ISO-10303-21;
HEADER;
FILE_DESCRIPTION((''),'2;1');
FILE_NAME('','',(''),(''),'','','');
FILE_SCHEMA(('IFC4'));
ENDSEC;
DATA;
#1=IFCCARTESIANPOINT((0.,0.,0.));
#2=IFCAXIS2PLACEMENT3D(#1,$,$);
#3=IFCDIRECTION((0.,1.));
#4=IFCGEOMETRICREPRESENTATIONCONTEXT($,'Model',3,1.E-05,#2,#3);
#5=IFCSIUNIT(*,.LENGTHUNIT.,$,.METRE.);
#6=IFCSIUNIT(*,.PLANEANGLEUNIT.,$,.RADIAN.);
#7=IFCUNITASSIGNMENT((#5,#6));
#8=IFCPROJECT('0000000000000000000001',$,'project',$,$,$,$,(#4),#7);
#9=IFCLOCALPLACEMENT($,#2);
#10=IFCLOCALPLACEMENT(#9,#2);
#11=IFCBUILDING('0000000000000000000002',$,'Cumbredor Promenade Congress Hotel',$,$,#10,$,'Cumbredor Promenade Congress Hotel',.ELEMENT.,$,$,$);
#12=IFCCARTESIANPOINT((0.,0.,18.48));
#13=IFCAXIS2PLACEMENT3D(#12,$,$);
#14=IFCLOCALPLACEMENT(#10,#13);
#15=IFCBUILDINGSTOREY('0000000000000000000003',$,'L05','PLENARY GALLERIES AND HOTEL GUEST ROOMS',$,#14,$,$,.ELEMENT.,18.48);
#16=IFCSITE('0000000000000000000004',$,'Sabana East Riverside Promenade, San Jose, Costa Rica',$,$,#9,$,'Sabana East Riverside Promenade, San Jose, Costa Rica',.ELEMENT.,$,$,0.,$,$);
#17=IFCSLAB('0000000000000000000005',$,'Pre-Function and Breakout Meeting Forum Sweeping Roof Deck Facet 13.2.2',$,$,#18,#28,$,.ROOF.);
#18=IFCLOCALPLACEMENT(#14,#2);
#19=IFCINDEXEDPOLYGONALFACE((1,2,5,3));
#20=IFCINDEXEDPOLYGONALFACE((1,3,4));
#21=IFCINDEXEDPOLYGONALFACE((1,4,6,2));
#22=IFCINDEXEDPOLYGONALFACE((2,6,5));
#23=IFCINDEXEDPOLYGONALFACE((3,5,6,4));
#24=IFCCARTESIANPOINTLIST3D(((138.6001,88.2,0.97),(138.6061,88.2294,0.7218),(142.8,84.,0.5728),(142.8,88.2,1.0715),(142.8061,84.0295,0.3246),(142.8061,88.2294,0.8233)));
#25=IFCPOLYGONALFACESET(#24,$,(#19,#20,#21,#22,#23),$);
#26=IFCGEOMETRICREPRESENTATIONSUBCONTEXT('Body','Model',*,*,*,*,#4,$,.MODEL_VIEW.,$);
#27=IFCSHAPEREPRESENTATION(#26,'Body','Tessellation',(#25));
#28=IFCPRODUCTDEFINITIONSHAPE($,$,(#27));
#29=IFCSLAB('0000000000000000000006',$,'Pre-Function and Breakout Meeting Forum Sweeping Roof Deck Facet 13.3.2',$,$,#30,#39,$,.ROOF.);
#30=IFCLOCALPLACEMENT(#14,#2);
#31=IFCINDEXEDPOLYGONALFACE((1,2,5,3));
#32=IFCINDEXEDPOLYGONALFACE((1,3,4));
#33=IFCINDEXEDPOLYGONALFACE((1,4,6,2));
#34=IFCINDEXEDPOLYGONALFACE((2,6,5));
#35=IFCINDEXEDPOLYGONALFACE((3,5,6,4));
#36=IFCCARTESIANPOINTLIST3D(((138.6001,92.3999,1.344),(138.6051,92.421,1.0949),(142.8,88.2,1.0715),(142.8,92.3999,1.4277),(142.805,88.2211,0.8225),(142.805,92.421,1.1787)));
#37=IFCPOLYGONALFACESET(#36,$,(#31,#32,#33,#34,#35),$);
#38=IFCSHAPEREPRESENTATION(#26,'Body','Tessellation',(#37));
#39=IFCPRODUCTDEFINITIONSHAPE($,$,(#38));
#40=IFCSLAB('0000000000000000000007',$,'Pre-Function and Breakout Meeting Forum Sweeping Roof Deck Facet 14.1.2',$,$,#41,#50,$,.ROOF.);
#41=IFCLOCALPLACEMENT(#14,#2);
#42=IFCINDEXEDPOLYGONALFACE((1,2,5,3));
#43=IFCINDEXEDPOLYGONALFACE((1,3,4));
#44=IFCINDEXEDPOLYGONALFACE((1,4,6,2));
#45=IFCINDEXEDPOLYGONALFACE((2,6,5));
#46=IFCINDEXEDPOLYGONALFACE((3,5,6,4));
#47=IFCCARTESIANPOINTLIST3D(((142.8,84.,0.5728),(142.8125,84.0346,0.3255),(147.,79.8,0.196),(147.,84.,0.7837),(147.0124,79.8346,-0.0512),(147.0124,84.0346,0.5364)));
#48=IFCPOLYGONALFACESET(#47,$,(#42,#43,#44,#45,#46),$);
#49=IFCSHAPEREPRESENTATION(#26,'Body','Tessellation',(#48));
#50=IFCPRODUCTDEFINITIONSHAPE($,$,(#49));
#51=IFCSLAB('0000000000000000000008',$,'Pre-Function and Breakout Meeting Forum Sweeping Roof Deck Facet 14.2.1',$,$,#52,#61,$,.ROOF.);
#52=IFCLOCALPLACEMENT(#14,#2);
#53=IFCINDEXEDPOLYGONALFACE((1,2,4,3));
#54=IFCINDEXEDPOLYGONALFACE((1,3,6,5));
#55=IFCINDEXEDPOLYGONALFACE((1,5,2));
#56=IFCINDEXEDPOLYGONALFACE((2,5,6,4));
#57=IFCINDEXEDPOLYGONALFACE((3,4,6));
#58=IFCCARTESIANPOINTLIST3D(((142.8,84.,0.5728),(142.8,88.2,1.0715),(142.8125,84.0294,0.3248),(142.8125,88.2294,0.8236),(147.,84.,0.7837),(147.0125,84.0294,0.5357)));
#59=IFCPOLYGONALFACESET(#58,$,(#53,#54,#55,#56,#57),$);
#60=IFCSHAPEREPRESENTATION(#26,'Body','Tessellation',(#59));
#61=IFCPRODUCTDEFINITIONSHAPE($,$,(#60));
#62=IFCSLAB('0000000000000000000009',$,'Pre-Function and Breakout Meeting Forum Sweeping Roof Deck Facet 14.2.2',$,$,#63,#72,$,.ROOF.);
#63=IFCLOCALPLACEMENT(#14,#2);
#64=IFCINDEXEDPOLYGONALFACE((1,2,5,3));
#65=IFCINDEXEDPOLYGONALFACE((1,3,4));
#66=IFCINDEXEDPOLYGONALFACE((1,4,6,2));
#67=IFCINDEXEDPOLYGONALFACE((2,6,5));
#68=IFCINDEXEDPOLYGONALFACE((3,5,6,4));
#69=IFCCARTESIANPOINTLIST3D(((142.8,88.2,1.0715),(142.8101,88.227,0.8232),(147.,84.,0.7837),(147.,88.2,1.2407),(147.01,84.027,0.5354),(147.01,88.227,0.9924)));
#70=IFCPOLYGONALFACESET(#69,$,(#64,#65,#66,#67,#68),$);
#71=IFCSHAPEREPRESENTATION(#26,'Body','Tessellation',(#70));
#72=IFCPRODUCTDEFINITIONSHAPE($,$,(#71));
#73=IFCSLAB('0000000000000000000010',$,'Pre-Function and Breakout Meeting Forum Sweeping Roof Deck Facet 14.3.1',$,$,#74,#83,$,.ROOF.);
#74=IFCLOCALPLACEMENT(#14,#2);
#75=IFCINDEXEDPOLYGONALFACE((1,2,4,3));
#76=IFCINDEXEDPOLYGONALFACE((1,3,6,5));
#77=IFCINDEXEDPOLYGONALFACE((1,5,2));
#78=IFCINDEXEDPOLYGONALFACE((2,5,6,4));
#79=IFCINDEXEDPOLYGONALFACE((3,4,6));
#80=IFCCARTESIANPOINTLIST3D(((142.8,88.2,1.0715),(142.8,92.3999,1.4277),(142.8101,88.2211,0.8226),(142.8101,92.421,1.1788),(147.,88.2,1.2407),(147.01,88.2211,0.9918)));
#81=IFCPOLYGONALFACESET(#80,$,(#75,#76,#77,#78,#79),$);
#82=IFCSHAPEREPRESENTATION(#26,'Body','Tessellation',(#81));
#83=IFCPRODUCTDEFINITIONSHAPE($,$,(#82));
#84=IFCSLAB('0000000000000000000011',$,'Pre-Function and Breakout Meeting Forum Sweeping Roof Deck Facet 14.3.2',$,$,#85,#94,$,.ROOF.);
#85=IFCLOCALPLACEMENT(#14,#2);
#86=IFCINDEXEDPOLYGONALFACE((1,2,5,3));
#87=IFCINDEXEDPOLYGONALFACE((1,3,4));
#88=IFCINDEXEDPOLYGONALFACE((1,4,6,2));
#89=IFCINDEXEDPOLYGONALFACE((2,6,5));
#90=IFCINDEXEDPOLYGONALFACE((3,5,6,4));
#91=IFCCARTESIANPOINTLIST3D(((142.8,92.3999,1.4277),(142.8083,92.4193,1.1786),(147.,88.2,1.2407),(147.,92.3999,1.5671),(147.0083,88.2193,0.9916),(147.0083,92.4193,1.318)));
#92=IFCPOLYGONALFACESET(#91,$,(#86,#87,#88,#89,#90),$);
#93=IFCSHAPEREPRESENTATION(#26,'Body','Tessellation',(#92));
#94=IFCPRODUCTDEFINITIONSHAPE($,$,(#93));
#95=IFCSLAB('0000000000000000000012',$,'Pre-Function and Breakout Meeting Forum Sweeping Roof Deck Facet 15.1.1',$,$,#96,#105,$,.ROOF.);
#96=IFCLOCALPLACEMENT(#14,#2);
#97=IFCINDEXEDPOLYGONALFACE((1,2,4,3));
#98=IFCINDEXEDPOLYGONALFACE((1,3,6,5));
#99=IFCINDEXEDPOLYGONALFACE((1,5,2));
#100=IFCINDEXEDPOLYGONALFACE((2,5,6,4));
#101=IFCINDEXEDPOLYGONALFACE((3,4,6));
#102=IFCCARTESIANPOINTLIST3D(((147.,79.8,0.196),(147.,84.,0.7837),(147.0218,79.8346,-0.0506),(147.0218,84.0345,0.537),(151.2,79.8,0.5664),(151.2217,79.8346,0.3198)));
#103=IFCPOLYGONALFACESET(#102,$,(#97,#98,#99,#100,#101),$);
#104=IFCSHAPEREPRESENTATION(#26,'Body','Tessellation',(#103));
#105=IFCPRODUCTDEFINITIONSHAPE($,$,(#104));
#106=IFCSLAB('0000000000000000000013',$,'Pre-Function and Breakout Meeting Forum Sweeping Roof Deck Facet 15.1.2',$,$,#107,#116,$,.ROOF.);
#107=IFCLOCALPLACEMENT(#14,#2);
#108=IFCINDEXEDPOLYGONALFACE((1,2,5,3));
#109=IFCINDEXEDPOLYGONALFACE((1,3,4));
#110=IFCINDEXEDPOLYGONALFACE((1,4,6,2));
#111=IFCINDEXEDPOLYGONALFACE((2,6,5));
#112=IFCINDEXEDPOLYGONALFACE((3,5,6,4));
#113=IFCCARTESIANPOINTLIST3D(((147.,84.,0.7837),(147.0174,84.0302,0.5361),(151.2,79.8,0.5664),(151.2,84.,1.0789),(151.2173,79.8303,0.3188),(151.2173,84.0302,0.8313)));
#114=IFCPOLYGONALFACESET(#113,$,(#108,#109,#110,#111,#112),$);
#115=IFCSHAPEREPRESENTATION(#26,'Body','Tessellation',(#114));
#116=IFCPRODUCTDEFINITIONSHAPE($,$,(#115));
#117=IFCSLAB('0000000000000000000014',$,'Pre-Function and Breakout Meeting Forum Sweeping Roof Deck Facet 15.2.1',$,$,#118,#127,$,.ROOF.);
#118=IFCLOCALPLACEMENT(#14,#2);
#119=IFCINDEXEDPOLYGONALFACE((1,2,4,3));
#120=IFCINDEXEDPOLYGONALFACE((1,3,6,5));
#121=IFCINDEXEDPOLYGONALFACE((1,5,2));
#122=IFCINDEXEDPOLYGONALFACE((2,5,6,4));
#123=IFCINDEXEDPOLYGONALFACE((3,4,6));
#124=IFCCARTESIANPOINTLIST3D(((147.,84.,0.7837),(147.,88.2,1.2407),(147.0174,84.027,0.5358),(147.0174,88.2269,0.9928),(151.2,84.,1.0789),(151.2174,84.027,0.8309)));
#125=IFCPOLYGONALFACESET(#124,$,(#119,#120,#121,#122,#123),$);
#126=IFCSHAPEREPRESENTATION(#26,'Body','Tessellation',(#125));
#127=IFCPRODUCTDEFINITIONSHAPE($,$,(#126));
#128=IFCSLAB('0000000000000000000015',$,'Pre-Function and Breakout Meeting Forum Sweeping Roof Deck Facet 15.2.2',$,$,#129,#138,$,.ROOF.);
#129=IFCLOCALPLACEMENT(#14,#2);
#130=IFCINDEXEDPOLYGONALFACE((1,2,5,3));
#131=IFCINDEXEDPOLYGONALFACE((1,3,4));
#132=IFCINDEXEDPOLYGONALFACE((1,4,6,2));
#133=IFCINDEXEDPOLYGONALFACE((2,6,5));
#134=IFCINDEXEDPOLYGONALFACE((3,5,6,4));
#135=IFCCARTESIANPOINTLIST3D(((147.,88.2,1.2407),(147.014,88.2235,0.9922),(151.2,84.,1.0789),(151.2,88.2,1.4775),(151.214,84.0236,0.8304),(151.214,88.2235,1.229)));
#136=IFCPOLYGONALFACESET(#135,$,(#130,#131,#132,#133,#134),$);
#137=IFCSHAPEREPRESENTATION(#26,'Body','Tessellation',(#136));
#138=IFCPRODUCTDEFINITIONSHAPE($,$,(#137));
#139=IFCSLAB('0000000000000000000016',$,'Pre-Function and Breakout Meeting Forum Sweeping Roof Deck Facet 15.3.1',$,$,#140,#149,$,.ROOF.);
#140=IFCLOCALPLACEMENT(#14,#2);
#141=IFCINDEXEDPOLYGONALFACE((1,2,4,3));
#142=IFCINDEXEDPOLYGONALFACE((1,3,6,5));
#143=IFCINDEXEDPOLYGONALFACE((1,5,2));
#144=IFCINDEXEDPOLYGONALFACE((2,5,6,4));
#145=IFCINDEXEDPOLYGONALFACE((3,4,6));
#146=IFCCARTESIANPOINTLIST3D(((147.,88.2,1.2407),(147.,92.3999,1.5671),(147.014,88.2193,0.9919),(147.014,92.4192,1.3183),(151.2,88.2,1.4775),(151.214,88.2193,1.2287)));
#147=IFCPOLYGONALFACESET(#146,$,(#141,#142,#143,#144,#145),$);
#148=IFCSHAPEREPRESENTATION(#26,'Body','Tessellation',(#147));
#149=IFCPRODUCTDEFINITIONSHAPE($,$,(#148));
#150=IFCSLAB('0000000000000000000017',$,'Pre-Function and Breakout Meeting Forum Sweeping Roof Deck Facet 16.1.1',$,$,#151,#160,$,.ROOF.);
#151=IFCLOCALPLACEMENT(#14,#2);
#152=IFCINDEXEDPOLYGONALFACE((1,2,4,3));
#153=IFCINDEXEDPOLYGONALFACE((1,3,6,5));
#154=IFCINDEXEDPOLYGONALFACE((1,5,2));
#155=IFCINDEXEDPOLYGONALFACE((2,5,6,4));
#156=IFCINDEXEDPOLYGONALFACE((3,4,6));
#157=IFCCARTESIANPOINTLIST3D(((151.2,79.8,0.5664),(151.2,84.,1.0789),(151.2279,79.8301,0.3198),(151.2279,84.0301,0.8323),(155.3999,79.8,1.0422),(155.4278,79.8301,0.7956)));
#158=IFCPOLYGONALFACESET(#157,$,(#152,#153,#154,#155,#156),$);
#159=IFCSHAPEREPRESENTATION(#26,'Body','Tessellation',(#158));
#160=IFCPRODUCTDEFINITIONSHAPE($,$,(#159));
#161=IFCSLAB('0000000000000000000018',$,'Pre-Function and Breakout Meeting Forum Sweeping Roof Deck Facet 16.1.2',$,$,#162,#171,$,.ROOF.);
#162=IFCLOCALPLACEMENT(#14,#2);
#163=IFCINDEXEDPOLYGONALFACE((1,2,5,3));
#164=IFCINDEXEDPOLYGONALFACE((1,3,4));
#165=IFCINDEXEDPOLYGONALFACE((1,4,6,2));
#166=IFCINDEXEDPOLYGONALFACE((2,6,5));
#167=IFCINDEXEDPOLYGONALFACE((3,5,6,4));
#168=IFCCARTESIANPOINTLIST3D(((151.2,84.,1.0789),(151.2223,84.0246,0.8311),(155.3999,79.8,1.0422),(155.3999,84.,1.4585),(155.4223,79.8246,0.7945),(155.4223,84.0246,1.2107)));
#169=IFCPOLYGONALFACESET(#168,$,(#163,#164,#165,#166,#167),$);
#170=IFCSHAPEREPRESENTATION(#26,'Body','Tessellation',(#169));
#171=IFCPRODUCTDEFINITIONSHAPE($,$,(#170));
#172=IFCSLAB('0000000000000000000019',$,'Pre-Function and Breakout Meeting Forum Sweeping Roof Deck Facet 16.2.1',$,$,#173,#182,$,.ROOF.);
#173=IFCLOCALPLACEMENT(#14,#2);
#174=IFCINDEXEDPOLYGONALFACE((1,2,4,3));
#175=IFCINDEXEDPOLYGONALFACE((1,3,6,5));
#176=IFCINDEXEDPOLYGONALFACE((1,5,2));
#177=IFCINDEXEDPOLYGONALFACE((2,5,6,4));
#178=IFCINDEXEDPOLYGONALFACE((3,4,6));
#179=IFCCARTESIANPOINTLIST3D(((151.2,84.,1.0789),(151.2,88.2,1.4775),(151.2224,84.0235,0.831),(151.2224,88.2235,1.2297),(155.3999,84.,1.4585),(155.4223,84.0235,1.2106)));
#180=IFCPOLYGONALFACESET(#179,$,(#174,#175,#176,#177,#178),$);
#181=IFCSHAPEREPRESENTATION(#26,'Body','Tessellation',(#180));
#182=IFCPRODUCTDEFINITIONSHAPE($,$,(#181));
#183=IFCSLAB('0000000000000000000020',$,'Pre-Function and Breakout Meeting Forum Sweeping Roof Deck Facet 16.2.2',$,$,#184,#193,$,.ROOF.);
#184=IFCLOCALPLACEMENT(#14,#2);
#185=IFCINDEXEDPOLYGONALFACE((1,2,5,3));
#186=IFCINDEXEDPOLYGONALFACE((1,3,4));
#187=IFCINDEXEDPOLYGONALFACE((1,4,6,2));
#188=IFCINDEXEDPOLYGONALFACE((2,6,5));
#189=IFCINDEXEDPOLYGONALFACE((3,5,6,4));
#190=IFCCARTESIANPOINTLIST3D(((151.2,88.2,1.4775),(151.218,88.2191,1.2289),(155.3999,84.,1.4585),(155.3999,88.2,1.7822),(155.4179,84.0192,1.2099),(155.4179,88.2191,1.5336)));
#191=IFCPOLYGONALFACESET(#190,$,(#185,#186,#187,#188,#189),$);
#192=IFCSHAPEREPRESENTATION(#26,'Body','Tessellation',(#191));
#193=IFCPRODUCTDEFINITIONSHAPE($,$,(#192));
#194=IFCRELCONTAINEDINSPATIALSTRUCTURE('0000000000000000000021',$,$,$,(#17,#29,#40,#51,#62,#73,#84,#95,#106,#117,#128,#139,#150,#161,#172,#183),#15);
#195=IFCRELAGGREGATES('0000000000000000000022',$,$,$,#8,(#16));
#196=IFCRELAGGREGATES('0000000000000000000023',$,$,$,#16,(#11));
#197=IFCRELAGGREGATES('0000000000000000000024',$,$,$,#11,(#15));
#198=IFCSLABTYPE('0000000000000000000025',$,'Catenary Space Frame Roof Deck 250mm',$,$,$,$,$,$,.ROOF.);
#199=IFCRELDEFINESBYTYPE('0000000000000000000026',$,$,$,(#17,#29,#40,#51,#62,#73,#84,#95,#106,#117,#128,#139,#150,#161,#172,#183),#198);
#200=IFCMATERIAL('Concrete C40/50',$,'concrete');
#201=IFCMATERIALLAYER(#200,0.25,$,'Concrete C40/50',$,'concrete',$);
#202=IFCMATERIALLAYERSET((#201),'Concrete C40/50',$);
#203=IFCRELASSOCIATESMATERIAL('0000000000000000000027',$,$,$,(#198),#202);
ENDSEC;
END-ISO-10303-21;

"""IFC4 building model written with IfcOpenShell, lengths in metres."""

from ifc_helpers import new_model, si_unit, direction, frame, origin, place, context, subcontext, project, spatial, polyline, outline, extrude, material, layer, layer_set, type_object, element, save


model = new_model("IFC4")

# Units and contexts
model_context = context("Model", 3, precision=1e-05, world=origin(), true_north=direction((0.0, 1.0)))
body_context = subcontext(model_context, "Body", "Model", "MODEL_VIEW")
ifc_project = project(units=[si_unit("LENGTHUNIT", "METRE"), si_unit("PLANEANGLEUNIT", "RADIAN")], contexts=[model_context])

# Site, building, storey
site_placement = place(None, origin())
site = spatial("IfcSite", under=ifc_project, at=site_placement, Name="Sabana East Riverside Promenade, San Jose, Costa Rica", LongName="Sabana East Riverside Promenade, San Jose, Costa Rica", CompositionType="ELEMENT", RefElevation=0.0)
building_placement = place(site_placement, origin())
building = spatial("IfcBuilding", under=site, at=building_placement, Name="Cumbredor Promenade Congress Hotel", LongName="Cumbredor Promenade Congress Hotel", CompositionType="ELEMENT")
storey_placement = place(building_placement, frame((0.0, 0.0, 18.48)))
storey = spatial("IfcBuildingStorey", under=building, at=storey_placement, Name="L05", Description="PLENARY GALLERIES AND HOTEL GUEST ROOMS", CompositionType="ELEMENT", Elevation=18.48)

# Slabs
ifc_material_1 = material(Name="Concrete C40/50", Category="concrete")
ifc_layer_1 = layer(ifc_material_1, 0.25, Name="Concrete C40/50", Category="concrete")
ifc_layer_set_1 = layer_set([ifc_layer_1], Name="Concrete C40/50")
slab_type = type_object("IfcSlabType", Name="Catenary Space Frame Roof Deck 250mm", PredefinedType="ROOF", material=ifc_layer_set_1)
slab_1_placement = place(storey_placement, frame((142.8, 84.0, 0.5728), z_axis=(-0.024006, -0.117896, 0.992736), x_axis=(0.0, 0.993022, 0.11793)))
element("IfcSlab", 1, at=slab_1_placement, inside=storey, type_object=slab_type, Name="Pre-Function and Breakout Meeting Forum Sweeping Roof Deck Facet 13.2.2", PredefinedType="ROOF", context=body_context, shape_type="SweptSolid", body=[
    extrude(outline(polyline([(0.0, 0.0), (4.2295, 0.0), (4.2175, 4.2012), (0.0, 0.0)])), origin(), (0.0, 0.0, -1.0), 0.25),
])
slab_2_placement = place(storey_placement, frame((142.8, 88.2, 1.0715), z_axis=(-0.019863, -0.084491, 0.996226), x_axis=(0.0, 0.996423, 0.084507)))
element("IfcSlab", 2, at=slab_2_placement, inside=storey, type_object=slab_type, Name="Pre-Function and Breakout Meeting Forum Sweeping Roof Deck Facet 13.3.2", PredefinedType="ROOF", context=body_context, shape_type="SweptSolid", body=[
    extrude(outline(polyline([(0.0, 0.0), (4.215, 0.0), (4.208, 4.2008), (0.0, 0.0)])), origin(), (0.0, 0.0, -1.0), 0.25),
])
slab_3_placement = place(storey_placement, frame((147.0, 79.8, 0.196), z_axis=(-0.049678, -0.138397, 0.98913), x_axis=(0.0, 0.990353, 0.138568)))
element("IfcSlab", 3, at=slab_3_placement, inside=storey, type_object=slab_type, Name="Pre-Function and Breakout Meeting Forum Sweeping Roof Deck Facet 14.1.2", PredefinedType="ROOF", context=body_context, shape_type="SweptSolid", body=[
    extrude(outline(polyline([(0.0, 0.0), (4.2409, 0.0), (4.2116, 4.2051), (0.0, 0.0)])), origin(), (0.0, 0.0, -1.0), 0.25),
])
slab_4_placement = place(storey_placement, frame((142.8, 84.0, 0.5728), z_axis=(-0.049811, -0.117783, 0.991789), x_axis=(0.998741, 0.0, 0.050161)))
element("IfcSlab", 4, at=slab_4_placement, inside=storey, type_object=slab_type, Name="Pre-Function and Breakout Meeting Forum Sweeping Roof Deck Facet 14.2.1", PredefinedType="ROOF", context=body_context, shape_type="SweptSolid", body=[
    extrude(outline(polyline([(0.0, 0.0), (4.2052, 0.0), (0.025, 4.2294), (0.0, 0.0)])), origin(), (0.0, 0.0, -1.0), 0.25),
])
slab_5_placement = place(storey_placement, frame((147.0, 84.0, 0.7837), z_axis=(-0.040015, -0.108093, 0.993335), x_axis=(0.0, 0.994131, 0.10818)))
element("IfcSlab", 5, at=slab_5_placement, inside=storey, type_object=slab_type, Name="Pre-Function and Breakout Meeting Forum Sweeping Roof Deck Facet 14.2.2", PredefinedType="ROOF", context=body_context, shape_type="SweptSolid", body=[
    extrude(outline(polyline([(0.0, 0.0), (4.2247, 0.0), (4.2064, 4.2033), (0.0, 0.0)])), origin(), (0.0, 0.0, -1.0), 0.25),
])
slab_6_placement = place(storey_placement, frame((142.8, 88.2, 1.0715), z_axis=(-0.040107, -0.084439, 0.995621), x_axis=(0.99919, 0.0, 0.040251)))
element("IfcSlab", 6, at=slab_6_placement, inside=storey, type_object=slab_type, Name="Pre-Function and Breakout Meeting Forum Sweeping Roof Deck Facet 14.3.1", PredefinedType="ROOF", context=body_context, shape_type="SweptSolid", body=[
    extrude(outline(polyline([(0.0, 0.0), (4.2034, 0.0), (0.0143, 4.215), (0.0, 0.0)])), origin(), (0.0, 0.0, -1.0), 0.25),
])
slab_7_placement = place(storey_placement, frame((147.0, 88.2, 1.2407), z_axis=(-0.033074, -0.077443, 0.996448), x_axis=(0.0, 0.996993, 0.077485)))
element("IfcSlab", 7, at=slab_7_placement, inside=storey, type_object=slab_type, Name="Pre-Function and Breakout Meeting Forum Sweeping Roof Deck Facet 14.3.2", PredefinedType="ROOF", context=body_context, shape_type="SweptSolid", body=[
    extrude(outline(polyline([(0.0, 0.0), (4.2126, 0.0), (4.2018, 4.2023), (0.0, 0.0)])), origin(), (0.0, 0.0, -1.0), 0.25),
])
slab_8_placement = place(storey_placement, frame((147.0, 79.8, 0.196), z_axis=(-0.087, -0.138042, 0.986598), x_axis=(0.996134, 0.0, 0.087841)))
element("IfcSlab", 8, at=slab_8_placement, inside=storey, type_object=slab_type, Name="Pre-Function and Breakout Meeting Forum Sweeping Roof Deck Facet 15.1.1", PredefinedType="ROOF", context=body_context, shape_type="SweptSolid", body=[
    extrude(outline(polyline([(0.0, 0.0), (4.2162, 0.0), (0.0516, 4.2405), (0.0, 0.0)])), origin(), (0.0, 0.0, -1.0), 0.25),
])
slab_9_placement = place(storey_placement, frame((151.2, 79.8, 0.5664), z_axis=(-0.069592, -0.120822, 0.990232), x_axis=(0.0, 0.992638, 0.121115)))
element("IfcSlab", 9, at=slab_9_placement, inside=storey, type_object=slab_type, Name="Pre-Function and Breakout Meeting Forum Sweeping Roof Deck Facet 15.1.2", PredefinedType="ROOF", context=body_context, shape_type="SweptSolid", body=[
    extrude(outline(polyline([(0.0, 0.0), (4.2311, 0.0), (4.1953, 4.2102), (0.0, 0.0)])), origin(), (0.0, 0.0, -1.0), 0.25),
])
slab_10_placement = place(storey_placement, frame((147.0, 84.0, 0.7837), z_axis=(-0.069696, -0.107917, 0.991714), x_axis=(0.99754, 0.0, 0.070106)))
element("IfcSlab", 10, at=slab_10_placement, inside=storey, type_object=slab_type, Name="Pre-Function and Breakout Meeting Forum Sweeping Roof Deck Facet 15.2.1", PredefinedType="ROOF", context=body_context, shape_type="SweptSolid", body=[
    extrude(outline(polyline([(0.0, 0.0), (4.2103, 0.0), (0.032, 4.2246), (0.0, 0.0)])), origin(), (0.0, 0.0, -1.0), 0.25),
])
slab_11_placement = place(storey_placement, frame((151.2, 84.0, 1.0789), z_axis=(-0.056045, -0.094352, 0.99396), x_axis=(0.0, 0.995525, 0.0945)))
element("IfcSlab", 11, at=slab_11_placement, inside=storey, type_object=slab_type, Name="Pre-Function and Breakout Meeting Forum Sweeping Roof Deck Facet 15.2.2", PredefinedType="ROOF", context=body_context, shape_type="SweptSolid", body=[
    extrude(outline(polyline([(0.0, 0.0), (4.2188, 0.0), (4.1965, 4.2066), (0.0, 0.0)])), origin(), (0.0, 0.0, -1.0), 0.25),
])
slab_12_placement = place(storey_placement, frame((147.0, 88.2, 1.2407), z_axis=(-0.056127, -0.077363, 0.995422), x_axis=(0.998414, 0.0, 0.056296)))
element("IfcSlab", 12, at=slab_12_placement, inside=storey, type_object=slab_type, Name="Pre-Function and Breakout Meeting Forum Sweeping Roof Deck Facet 15.3.1", PredefinedType="ROOF", context=body_context, shape_type="SweptSolid", body=[
    extrude(outline(polyline([(0.0, 0.0), (4.2066, 0.0), (0.0184, 4.2126), (0.0, 0.0)])), origin(), (0.0, 0.0, -1.0), 0.25),
])
slab_13_placement = place(storey_placement, frame((151.2, 79.8, 0.5664), z_axis=(-0.111756, -0.120357, 0.98642), x_axis=(0.993643, 0.0, 0.112574)))
element("IfcSlab", 13, at=slab_13_placement, inside=storey, type_object=slab_type, Name="Pre-Function and Breakout Meeting Forum Sweeping Roof Deck Facet 16.1.1", PredefinedType="ROOF", context=body_context, shape_type="SweptSolid", body=[
    extrude(outline(polyline([(0.0, 0.0), (4.2268, 0.0), (0.0577, 4.2307), (0.0, 0.0)])), origin(), (0.0, 0.0, -1.0), 0.25),
])
slab_14_placement = place(storey_placement, frame((155.3999, 79.8, 1.0422), z_axis=(-0.089589, -0.098231, 0.991123), x_axis=(0.0, 0.995124, 0.098627)))
element("IfcSlab", 14, at=slab_14_placement, inside=storey, type_object=slab_type, Name="Pre-Function and Breakout Meeting Forum Sweeping Roof Deck Facet 16.1.2", PredefinedType="ROOF", context=body_context, shape_type="SweptSolid", body=[
    extrude(outline(polyline([(0.0, 0.0), (4.2205, 0.0), (4.1831, 4.2169), (0.0, 0.0)])), origin(), (0.0, 0.0, -1.0), 0.25),
])
slab_15_placement = place(storey_placement, frame((151.2, 84.0, 1.0789), z_axis=(-0.089625, -0.09412, 0.991518), x_axis=(0.99594, 0.0, 0.090024)))
element("IfcSlab", 15, at=slab_15_placement, inside=storey, type_object=slab_type, Name="Pre-Function and Breakout Meeting Forum Sweeping Roof Deck Facet 16.2.1", PredefinedType="ROOF", context=body_context, shape_type="SweptSolid", body=[
    extrude(outline(polyline([(0.0, 0.0), (4.2171, 0.0), (0.0359, 4.2187), (0.0, 0.0)])), origin(), (0.0, 0.0, -1.0), 0.25),
])
slab_16_placement = place(storey_placement, frame((155.3999, 84.0, 1.4585), z_axis=(-0.072142, -0.076651, 0.994445), x_axis=(0.0, 0.997043, 0.076852)))
element("IfcSlab", 16, at=slab_16_placement, inside=storey, type_object=slab_type, Name="Pre-Function and Breakout Meeting Forum Sweeping Roof Deck Facet 16.2.2", PredefinedType="ROOF", context=body_context, shape_type="SweptSolid", body=[
    extrude(outline(polyline([(0.0, 0.0), (4.2124, 0.0), (4.189, 4.2109), (0.0, 0.0)])), origin(), (0.0, 0.0, -1.0), 0.25),
])

save(model, "model.ifc")
